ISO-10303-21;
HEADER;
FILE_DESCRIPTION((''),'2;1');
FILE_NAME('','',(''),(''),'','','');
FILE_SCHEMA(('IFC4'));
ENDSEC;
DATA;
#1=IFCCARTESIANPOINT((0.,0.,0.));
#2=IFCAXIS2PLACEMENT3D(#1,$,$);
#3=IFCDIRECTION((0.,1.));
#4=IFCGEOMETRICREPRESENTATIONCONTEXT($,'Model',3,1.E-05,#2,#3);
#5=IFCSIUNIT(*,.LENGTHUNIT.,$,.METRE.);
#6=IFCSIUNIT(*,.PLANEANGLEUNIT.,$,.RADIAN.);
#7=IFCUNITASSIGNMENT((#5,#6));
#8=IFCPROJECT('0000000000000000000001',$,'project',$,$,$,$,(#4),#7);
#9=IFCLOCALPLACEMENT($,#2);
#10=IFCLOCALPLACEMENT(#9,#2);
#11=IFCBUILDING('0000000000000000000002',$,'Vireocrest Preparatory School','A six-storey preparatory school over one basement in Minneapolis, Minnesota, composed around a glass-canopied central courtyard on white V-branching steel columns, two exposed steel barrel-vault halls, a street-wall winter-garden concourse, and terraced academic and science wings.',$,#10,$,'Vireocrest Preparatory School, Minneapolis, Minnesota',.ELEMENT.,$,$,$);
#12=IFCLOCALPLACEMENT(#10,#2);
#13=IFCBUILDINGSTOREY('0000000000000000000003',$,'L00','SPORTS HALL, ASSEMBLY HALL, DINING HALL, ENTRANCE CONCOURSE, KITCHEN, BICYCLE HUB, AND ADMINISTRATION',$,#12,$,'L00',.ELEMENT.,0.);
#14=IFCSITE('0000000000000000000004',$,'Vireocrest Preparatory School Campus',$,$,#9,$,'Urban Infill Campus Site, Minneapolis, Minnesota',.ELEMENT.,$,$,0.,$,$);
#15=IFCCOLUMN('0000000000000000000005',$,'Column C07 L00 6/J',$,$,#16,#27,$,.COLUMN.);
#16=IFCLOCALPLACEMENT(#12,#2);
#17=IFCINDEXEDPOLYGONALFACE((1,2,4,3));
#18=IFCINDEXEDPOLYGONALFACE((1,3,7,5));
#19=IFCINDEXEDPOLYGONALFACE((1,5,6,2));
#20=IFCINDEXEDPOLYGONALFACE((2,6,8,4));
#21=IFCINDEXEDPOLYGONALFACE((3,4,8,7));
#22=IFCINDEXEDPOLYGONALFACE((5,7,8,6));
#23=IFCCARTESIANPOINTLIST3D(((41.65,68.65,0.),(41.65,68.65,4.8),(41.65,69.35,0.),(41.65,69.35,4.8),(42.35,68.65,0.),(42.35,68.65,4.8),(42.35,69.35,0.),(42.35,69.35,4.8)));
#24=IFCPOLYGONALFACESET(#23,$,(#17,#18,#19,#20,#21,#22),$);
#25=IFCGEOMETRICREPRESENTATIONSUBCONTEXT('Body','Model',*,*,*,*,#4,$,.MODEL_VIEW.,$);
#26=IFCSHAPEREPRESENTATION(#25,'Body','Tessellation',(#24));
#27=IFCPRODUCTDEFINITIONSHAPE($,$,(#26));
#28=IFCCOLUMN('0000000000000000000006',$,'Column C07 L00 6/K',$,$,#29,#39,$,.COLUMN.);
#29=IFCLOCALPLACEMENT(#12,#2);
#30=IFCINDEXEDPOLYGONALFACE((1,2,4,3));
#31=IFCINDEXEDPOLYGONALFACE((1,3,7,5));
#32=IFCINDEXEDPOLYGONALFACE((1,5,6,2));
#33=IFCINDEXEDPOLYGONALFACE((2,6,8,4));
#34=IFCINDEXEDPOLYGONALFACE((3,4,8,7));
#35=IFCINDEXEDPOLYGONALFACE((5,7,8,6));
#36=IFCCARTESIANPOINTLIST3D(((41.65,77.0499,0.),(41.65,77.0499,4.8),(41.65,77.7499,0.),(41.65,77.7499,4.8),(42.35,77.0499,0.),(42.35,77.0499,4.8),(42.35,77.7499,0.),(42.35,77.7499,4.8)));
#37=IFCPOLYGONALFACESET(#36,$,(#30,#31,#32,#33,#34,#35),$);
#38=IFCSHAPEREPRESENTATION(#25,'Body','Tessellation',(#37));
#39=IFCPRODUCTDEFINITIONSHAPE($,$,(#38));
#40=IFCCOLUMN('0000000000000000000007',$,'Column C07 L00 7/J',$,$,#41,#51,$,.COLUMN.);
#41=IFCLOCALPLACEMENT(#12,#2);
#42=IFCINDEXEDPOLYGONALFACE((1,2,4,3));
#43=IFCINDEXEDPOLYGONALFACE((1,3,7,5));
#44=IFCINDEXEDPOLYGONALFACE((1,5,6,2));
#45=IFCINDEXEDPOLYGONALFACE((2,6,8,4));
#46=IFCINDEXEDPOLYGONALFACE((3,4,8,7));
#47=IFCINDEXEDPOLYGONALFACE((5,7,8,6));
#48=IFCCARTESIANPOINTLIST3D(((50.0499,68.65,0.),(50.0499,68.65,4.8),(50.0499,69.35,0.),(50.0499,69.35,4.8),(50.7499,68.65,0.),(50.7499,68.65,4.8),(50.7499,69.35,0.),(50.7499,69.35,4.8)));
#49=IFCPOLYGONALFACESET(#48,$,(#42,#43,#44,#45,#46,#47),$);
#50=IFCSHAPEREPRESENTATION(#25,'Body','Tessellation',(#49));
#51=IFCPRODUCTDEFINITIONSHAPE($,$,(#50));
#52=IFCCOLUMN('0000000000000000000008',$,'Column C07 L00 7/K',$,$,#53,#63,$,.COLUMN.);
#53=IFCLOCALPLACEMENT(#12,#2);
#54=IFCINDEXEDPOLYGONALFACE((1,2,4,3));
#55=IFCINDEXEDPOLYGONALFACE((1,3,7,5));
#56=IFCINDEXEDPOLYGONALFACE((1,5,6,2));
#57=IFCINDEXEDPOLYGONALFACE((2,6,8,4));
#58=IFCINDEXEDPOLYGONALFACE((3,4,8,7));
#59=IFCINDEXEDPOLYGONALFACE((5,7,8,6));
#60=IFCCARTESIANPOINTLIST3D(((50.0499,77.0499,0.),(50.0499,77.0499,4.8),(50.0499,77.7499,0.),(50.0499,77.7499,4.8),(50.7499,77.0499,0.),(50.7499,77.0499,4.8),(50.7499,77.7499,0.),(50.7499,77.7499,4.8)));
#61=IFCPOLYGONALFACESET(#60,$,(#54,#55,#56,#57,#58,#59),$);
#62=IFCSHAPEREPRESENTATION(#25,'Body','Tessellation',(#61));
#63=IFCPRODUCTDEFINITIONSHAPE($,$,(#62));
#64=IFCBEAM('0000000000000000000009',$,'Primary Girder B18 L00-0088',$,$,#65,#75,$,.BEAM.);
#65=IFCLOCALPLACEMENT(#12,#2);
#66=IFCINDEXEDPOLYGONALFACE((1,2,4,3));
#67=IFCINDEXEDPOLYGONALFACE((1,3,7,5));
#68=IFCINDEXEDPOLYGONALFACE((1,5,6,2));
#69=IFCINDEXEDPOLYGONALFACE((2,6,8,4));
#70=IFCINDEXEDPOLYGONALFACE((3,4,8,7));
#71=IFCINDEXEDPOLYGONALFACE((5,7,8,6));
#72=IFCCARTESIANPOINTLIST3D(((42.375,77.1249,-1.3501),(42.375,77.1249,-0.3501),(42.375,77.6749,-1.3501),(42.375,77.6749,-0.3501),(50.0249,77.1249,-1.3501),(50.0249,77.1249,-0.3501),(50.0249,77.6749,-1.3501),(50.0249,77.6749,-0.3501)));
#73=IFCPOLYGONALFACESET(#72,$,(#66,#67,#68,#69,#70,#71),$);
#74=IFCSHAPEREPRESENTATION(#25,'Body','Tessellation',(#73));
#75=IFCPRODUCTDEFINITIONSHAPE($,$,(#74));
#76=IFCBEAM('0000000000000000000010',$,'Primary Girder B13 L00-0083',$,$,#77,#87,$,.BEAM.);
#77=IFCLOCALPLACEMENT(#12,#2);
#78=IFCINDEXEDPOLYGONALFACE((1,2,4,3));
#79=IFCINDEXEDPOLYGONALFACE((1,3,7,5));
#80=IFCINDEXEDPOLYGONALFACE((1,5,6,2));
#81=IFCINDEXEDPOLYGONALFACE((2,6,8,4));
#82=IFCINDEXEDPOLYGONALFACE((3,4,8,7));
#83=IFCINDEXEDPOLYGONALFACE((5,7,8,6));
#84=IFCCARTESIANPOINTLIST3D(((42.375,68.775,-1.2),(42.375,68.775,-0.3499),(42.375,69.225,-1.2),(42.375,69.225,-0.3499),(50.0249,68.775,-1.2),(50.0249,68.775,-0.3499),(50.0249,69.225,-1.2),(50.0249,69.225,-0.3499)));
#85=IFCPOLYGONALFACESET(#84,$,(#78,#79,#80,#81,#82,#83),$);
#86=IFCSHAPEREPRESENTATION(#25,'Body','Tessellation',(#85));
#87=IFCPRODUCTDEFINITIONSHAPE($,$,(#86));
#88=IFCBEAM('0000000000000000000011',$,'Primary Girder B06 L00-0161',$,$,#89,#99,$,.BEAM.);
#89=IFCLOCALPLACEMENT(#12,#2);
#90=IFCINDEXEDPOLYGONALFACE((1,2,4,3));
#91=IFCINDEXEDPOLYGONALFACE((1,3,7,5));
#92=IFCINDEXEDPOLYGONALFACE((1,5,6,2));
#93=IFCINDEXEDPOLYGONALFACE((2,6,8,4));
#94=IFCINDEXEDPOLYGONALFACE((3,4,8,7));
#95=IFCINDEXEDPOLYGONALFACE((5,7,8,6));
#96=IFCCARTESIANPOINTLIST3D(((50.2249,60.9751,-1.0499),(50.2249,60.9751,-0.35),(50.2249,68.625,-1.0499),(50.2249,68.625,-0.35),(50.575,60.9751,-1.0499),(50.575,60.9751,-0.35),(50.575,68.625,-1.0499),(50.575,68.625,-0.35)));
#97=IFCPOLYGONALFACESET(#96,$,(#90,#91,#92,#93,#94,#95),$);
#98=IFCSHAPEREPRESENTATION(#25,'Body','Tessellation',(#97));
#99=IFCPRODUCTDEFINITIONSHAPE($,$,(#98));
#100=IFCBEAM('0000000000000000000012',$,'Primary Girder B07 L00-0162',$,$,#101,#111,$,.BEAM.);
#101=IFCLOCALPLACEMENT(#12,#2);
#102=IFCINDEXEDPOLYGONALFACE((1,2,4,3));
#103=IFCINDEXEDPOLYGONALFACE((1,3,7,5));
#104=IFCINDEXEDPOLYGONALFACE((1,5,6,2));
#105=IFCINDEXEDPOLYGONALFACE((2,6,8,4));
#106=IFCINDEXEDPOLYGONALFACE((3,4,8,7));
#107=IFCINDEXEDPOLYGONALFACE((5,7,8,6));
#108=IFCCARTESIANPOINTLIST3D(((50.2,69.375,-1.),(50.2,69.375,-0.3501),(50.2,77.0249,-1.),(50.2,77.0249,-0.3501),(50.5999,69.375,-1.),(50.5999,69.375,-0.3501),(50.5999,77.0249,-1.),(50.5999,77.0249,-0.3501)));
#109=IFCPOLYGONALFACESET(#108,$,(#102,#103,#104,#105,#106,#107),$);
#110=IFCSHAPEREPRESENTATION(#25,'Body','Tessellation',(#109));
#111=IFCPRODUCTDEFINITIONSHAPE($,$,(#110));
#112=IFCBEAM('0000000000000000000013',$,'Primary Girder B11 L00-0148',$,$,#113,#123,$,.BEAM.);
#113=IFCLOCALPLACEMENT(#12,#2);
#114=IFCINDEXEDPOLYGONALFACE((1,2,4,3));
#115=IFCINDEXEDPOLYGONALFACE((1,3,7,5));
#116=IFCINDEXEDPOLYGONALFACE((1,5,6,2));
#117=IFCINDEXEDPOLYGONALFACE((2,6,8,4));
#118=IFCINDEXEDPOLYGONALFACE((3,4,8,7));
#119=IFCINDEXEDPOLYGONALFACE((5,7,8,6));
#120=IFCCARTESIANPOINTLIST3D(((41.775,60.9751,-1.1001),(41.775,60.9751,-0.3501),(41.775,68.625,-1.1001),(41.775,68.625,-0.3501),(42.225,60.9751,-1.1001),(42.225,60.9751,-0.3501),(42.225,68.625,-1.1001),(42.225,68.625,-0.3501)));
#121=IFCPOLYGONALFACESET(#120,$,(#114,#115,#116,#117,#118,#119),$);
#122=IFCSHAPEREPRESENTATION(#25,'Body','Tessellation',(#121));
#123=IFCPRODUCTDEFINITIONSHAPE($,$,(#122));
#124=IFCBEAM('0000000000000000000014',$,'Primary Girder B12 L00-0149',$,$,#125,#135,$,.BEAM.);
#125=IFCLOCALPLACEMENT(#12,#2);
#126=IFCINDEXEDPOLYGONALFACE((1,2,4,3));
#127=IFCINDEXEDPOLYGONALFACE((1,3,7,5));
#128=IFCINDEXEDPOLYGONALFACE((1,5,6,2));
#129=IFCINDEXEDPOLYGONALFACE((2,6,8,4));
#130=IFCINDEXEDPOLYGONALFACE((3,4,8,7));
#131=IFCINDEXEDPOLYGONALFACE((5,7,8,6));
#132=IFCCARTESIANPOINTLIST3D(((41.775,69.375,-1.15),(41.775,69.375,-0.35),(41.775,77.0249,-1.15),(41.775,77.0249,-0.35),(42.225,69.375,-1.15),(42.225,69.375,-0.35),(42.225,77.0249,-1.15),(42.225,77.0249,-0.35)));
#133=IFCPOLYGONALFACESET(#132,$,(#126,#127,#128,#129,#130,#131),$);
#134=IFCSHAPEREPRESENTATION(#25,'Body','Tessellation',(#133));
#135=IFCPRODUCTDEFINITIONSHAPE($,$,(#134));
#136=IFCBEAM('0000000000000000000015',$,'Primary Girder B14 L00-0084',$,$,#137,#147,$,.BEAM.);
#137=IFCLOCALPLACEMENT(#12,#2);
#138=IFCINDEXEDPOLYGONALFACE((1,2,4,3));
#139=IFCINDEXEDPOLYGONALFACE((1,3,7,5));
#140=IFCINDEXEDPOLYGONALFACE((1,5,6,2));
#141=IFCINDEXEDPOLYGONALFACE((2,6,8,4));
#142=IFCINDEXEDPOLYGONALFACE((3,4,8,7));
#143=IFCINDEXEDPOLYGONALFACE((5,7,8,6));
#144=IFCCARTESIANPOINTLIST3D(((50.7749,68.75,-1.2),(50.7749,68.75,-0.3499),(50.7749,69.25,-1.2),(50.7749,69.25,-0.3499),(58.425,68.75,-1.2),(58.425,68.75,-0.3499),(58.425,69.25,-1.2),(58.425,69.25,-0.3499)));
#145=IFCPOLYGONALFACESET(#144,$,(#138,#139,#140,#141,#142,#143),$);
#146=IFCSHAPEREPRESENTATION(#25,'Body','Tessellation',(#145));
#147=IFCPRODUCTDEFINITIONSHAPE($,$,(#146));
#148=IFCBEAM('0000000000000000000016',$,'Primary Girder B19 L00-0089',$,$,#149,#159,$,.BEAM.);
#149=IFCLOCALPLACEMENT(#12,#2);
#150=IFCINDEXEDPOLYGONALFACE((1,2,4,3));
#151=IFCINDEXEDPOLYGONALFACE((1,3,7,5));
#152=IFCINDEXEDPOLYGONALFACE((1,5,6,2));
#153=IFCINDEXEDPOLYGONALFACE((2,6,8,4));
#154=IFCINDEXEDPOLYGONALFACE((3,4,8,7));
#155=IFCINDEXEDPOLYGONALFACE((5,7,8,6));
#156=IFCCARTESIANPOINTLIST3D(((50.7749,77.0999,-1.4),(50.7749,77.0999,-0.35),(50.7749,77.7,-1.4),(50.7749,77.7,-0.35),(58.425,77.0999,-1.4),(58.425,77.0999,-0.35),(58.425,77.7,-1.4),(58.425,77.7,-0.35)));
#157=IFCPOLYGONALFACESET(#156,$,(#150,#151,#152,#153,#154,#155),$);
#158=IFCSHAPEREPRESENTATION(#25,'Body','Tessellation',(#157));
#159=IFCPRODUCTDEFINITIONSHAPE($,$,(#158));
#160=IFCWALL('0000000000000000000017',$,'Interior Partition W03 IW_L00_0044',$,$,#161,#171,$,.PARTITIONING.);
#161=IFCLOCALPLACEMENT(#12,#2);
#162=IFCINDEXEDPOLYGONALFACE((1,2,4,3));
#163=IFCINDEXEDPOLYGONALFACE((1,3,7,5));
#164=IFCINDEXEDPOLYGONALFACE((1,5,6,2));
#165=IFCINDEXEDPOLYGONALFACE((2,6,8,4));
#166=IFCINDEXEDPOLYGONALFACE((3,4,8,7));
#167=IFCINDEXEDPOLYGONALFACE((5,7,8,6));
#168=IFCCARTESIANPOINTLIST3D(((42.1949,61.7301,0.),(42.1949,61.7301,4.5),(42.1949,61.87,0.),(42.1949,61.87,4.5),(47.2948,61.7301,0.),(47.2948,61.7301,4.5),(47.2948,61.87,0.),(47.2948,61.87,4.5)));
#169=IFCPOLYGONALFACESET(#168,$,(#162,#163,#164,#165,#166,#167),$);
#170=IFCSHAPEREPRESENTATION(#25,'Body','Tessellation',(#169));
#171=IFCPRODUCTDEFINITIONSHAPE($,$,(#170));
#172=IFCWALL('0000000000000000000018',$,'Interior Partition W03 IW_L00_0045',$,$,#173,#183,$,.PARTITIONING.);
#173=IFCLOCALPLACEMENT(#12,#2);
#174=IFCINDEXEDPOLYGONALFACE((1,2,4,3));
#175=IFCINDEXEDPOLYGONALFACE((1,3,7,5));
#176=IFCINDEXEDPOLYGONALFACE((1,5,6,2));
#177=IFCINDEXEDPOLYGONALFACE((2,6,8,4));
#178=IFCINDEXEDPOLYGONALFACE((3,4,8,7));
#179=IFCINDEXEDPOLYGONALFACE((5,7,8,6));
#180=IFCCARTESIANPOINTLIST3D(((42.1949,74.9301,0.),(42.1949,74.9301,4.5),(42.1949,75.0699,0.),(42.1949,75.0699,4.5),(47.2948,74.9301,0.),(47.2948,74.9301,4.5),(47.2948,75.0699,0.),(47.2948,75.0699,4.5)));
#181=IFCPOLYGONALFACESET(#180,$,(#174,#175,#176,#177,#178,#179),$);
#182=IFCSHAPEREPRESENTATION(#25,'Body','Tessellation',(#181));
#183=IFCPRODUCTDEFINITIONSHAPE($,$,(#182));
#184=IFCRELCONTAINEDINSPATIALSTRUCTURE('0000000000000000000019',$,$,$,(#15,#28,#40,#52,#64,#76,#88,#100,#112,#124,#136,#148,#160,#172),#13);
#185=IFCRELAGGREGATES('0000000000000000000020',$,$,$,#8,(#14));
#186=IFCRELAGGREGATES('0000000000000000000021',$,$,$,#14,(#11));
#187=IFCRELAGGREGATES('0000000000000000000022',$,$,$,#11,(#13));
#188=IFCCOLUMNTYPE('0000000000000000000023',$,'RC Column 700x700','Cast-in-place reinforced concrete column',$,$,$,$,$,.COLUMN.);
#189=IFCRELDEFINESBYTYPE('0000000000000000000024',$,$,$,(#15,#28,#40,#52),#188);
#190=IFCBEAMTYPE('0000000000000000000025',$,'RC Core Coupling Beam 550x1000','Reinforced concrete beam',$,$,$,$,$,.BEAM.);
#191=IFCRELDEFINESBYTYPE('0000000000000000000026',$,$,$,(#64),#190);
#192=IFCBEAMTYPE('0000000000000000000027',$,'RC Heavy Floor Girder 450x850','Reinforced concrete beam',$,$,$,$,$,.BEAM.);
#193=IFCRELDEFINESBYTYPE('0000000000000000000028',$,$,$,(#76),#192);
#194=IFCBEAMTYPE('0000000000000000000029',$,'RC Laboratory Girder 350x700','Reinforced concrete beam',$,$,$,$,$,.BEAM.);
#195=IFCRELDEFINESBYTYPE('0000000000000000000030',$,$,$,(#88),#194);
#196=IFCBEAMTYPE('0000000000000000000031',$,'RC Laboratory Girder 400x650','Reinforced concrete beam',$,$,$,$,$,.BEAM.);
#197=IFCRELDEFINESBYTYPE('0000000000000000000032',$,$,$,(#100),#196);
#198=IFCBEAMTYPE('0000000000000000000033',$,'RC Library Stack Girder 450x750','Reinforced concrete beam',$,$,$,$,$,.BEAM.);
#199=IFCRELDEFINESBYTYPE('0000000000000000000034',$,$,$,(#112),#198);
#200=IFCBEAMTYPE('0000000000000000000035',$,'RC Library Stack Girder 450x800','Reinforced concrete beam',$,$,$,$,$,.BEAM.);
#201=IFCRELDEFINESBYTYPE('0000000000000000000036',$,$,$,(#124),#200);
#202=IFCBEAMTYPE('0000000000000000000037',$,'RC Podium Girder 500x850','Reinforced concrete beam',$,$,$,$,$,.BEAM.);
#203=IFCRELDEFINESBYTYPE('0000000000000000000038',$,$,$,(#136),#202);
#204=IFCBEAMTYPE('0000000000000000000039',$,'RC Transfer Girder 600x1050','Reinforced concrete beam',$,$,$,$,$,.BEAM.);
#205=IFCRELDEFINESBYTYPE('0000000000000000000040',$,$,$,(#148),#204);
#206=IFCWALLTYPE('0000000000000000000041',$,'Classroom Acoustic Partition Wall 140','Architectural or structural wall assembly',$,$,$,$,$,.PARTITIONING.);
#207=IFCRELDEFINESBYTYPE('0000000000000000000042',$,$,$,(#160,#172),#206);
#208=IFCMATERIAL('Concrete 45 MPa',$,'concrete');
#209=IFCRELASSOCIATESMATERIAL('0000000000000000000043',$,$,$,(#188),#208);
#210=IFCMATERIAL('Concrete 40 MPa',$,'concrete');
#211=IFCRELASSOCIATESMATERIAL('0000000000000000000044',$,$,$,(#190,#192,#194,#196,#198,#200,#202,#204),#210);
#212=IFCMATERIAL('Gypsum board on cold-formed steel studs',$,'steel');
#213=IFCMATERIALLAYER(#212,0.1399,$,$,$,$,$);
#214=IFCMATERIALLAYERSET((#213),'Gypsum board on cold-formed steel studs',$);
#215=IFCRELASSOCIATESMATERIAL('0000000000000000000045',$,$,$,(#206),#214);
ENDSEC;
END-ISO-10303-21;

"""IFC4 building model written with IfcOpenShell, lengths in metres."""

from ifc_helpers import new_model, si_unit, direction, frame, frame_2d, origin, origin_2d, place, context, subcontext, project, spatial, rectangle, extrude, material, layer, layer_set, material_profile, profile_set, type_object, element, save


model = new_model("IFC4")

# Units and contexts
model_context = context("Model", 3, precision=1e-05, world=origin(), true_north=direction((0.0, 1.0)))
body_context = subcontext(model_context, "Body", "Model", "MODEL_VIEW")
ifc_project = project(units=[si_unit("LENGTHUNIT", "METRE"), si_unit("PLANEANGLEUNIT", "RADIAN")], contexts=[model_context])

# Site, building, storey
site_placement = place(None, origin())
site = spatial("IfcSite", under=ifc_project, at=site_placement, Name="Vireocrest Preparatory School Campus", LongName="Urban Infill Campus Site, Minneapolis, Minnesota", CompositionType="ELEMENT", RefElevation=0.0)
building_placement = place(site_placement, origin())
building = spatial("IfcBuilding", under=site, at=building_placement, Name="Vireocrest Preparatory School", Description="A six-storey preparatory school over one basement in Minneapolis, Minnesota, composed around a glass-canopied central courtyard on white V-branching steel columns, two exposed steel barrel-vault halls, a street-wall winter-garden concourse, and terraced academic and science wings.", LongName="Vireocrest Preparatory School, Minneapolis, Minnesota", CompositionType="ELEMENT")
storey_placement = place(building_placement, origin())
storey = spatial("IfcBuildingStorey", under=building, at=storey_placement, Name="L00", Description="SPORTS HALL, ASSEMBLY HALL, DINING HALL, ENTRANCE CONCOURSE, KITCHEN, BICYCLE HUB, AND ADMINISTRATION", LongName="L00", CompositionType="ELEMENT", Elevation=0.0)

# Columns
ifc_material_1 = material(Name="Concrete 45 MPa", Category="concrete")
ifc_material_profile_1 = material_profile(ifc_material_1, rectangle(XDim=0.7, YDim=0.7, at=origin_2d()), Name="RC 700x700")
ifc_profile_set_1 = profile_set([ifc_material_profile_1], Name="Concrete 45 MPa")
column_type = type_object("IfcColumnType", Name="RC Column 700x700", Description="Cast-in-place reinforced concrete column", PredefinedType="COLUMN", material=ifc_profile_set_1)
for number, where, z_axis, x_axis, name in (
    (1, (42.0, 69.0, 0.0), (0.0, 0.0, 1.0), (1.0, 0.0, 0.0), "Column C07 L00 6/J"),
    (2, (42.0, 77.3999, 0.0), (0.0, 0.0, 1.0), (1.0, 0.0, 0.0), "Column C07 L00 6/K"),
    (3, (50.3999, 69.0, 0.0), (0.0, 0.0, 1.0), (1.0, 0.0, 0.0), "Column C07 L00 7/J"),
    (4, (50.3999, 77.3999, 0.0), (0.0, 0.0, 1.0), (1.0, 0.0, 0.0), "Column C07 L00 7/K"),
):
    element("IfcColumn", number, at=place(storey_placement, frame(where, z_axis=z_axis, x_axis=x_axis)), inside=storey, type_object=column_type, Name=name, PredefinedType="COLUMN", context=body_context, shape_type="SweptSolid", body=[
        extrude(rectangle(XDim=0.7, YDim=0.7, at=origin_2d()), origin(), (0.0, 0.0, 1.0), 4.8),
    ])

# Beams
ifc_material_2 = material(Name="Concrete 40 MPa", Category="concrete")
ifc_material_profile_2 = material_profile(ifc_material_2, rectangle(XDim=0.55, YDim=1.0, at=origin_2d()), Name="RC 550x1000")
ifc_profile_set_2 = profile_set([ifc_material_profile_2], Name="Concrete 40 MPa")
beam_type_1 = type_object("IfcBeamType", Name="RC Core Coupling Beam 550x1000", Description="Reinforced concrete beam", PredefinedType="BEAM", material=ifc_profile_set_2)
beam_1_placement = place(storey_placement, frame((42.375, 77.3999, -0.8501), z_axis=(1.0, 0.0, 0.0), x_axis=(0.0, 1.0, 0.0)))
element("IfcBeam", 5, at=beam_1_placement, inside=storey, type_object=beam_type_1, Name="Primary Girder B18 L00-0088", PredefinedType="BEAM", context=body_context, shape_type="SweptSolid", body=[
    extrude(rectangle(XDim=0.55, YDim=1.0, at=origin_2d()), origin(), (0.0, 0.0, 1.0), 7.6499),
])
ifc_material_profile_3 = material_profile(ifc_material_2, rectangle(XDim=0.45, YDim=0.8501, at=origin_2d()), Name="RC 450x850")
ifc_profile_set_3 = profile_set([ifc_material_profile_3], Name="Concrete 40 MPa")
beam_type_2 = type_object("IfcBeamType", Name="RC Heavy Floor Girder 450x850", Description="Reinforced concrete beam", PredefinedType="BEAM", material=ifc_profile_set_3)
beam_2_placement = place(storey_placement, frame((42.375, 69.0, -0.7749), z_axis=(1.0, 0.0, 0.0), x_axis=(0.0, 1.0, 0.0)))
element("IfcBeam", 6, at=beam_2_placement, inside=storey, type_object=beam_type_2, Name="Primary Girder B13 L00-0083", PredefinedType="BEAM", context=body_context, shape_type="SweptSolid", body=[
    extrude(rectangle(XDim=0.45, YDim=0.8501, at=origin_2d()), origin(), (0.0, 0.0, 1.0), 7.6499),
])
ifc_material_profile_4 = material_profile(ifc_material_2, rectangle(XDim=0.3501, YDim=0.7, at=origin_2d()), Name="RC 350x700")
ifc_profile_set_4 = profile_set([ifc_material_profile_4], Name="Concrete 40 MPa")
beam_type_3 = type_object("IfcBeamType", Name="RC Laboratory Girder 350x700", Description="Reinforced concrete beam", PredefinedType="BEAM", material=ifc_profile_set_4)
beam_3_placement = place(storey_placement, frame((50.3999, 60.9751, -0.7), z_axis=(0.0, 1.0, 0.0), x_axis=(-1.0, 0.0, 0.0)))
element("IfcBeam", 7, at=beam_3_placement, inside=storey, type_object=beam_type_3, Name="Primary Girder B06 L00-0161", PredefinedType="BEAM", context=body_context, shape_type="SweptSolid", body=[
    extrude(rectangle(XDim=0.3501, YDim=0.7, at=origin_2d()), origin(), (0.0, 0.0, 1.0), 7.6499),
])
ifc_material_profile_5 = material_profile(ifc_material_2, rectangle(XDim=0.3999, YDim=0.6499, at=origin_2d()), Name="RC 400x650")
ifc_profile_set_5 = profile_set([ifc_material_profile_5], Name="Concrete 40 MPa")
beam_type_4 = type_object("IfcBeamType", Name="RC Laboratory Girder 400x650", Description="Reinforced concrete beam", PredefinedType="BEAM", material=ifc_profile_set_5)
beam_4_placement = place(storey_placement, frame((50.3999, 69.375, -0.675), z_axis=(0.0, 1.0, 0.0), x_axis=(-1.0, 0.0, 0.0)))
element("IfcBeam", 8, at=beam_4_placement, inside=storey, type_object=beam_type_4, Name="Primary Girder B07 L00-0162", PredefinedType="BEAM", context=body_context, shape_type="SweptSolid", body=[
    extrude(rectangle(XDim=0.3999, YDim=0.6499, at=origin_2d()), origin(), (0.0, 0.0, 1.0), 7.6499),
])
ifc_material_profile_6 = material_profile(ifc_material_2, rectangle(XDim=0.45, YDim=0.75, at=origin_2d()), Name="RC 450x750")
ifc_profile_set_6 = profile_set([ifc_material_profile_6], Name="Concrete 40 MPa")
beam_type_5 = type_object("IfcBeamType", Name="RC Library Stack Girder 450x750", Description="Reinforced concrete beam", PredefinedType="BEAM", material=ifc_profile_set_6)
beam_5_placement = place(storey_placement, frame((42.0, 60.9751, -0.7251), z_axis=(0.0, 1.0, 0.0), x_axis=(-1.0, 0.0, 0.0)))
element("IfcBeam", 9, at=beam_5_placement, inside=storey, type_object=beam_type_5, Name="Primary Girder B11 L00-0148", PredefinedType="BEAM", context=body_context, shape_type="SweptSolid", body=[
    extrude(rectangle(XDim=0.45, YDim=0.75, at=origin_2d()), origin(), (0.0, 0.0, 1.0), 7.6499),
])
ifc_material_profile_7 = material_profile(ifc_material_2, rectangle(XDim=0.45, YDim=0.8, at=origin_2d()), Name="RC 450x800")
ifc_profile_set_7 = profile_set([ifc_material_profile_7], Name="Concrete 40 MPa")
beam_type_6 = type_object("IfcBeamType", Name="RC Library Stack Girder 450x800", Description="Reinforced concrete beam", PredefinedType="BEAM", material=ifc_profile_set_7)
beam_6_placement = place(storey_placement, frame((42.0, 69.375, -0.75), z_axis=(0.0, 1.0, 0.0), x_axis=(-1.0, 0.0, 0.0)))
element("IfcBeam", 10, at=beam_6_placement, inside=storey, type_object=beam_type_6, Name="Primary Girder B12 L00-0149", PredefinedType="BEAM", context=body_context, shape_type="SweptSolid", body=[
    extrude(rectangle(XDim=0.45, YDim=0.8, at=origin_2d()), origin(), (0.0, 0.0, 1.0), 7.6499),
])
ifc_material_profile_8 = material_profile(ifc_material_2, rectangle(XDim=0.5, YDim=0.8501, at=origin_2d()), Name="RC 500x850")
ifc_profile_set_8 = profile_set([ifc_material_profile_8], Name="Concrete 40 MPa")
beam_type_7 = type_object("IfcBeamType", Name="RC Podium Girder 500x850", Description="Reinforced concrete beam", PredefinedType="BEAM", material=ifc_profile_set_8)
beam_7_placement = place(storey_placement, frame((50.7749, 69.0, -0.7749), z_axis=(1.0, 0.0, 0.0), x_axis=(0.0, 1.0, 0.0)))
element("IfcBeam", 11, at=beam_7_placement, inside=storey, type_object=beam_type_7, Name="Primary Girder B14 L00-0084", PredefinedType="BEAM", context=body_context, shape_type="SweptSolid", body=[
    extrude(rectangle(XDim=0.5, YDim=0.8501, at=origin_2d()), origin(), (0.0, 0.0, 1.0), 7.6501),
])
ifc_material_profile_9 = material_profile(ifc_material_2, rectangle(XDim=0.6001, YDim=1.05, at=origin_2d()), Name="RC 600x1050")
ifc_profile_set_9 = profile_set([ifc_material_profile_9], Name="Concrete 40 MPa")
beam_type_8 = type_object("IfcBeamType", Name="RC Transfer Girder 600x1050", Description="Reinforced concrete beam", PredefinedType="BEAM", material=ifc_profile_set_9)
beam_8_placement = place(storey_placement, frame((50.7749, 77.3999, -0.875), z_axis=(1.0, 0.0, 0.0), x_axis=(0.0, 1.0, 0.0)))
element("IfcBeam", 12, at=beam_8_placement, inside=storey, type_object=beam_type_8, Name="Primary Girder B19 L00-0089", PredefinedType="BEAM", context=body_context, shape_type="SweptSolid", body=[
    extrude(rectangle(XDim=0.6001, YDim=1.05, at=origin_2d()), origin(), (0.0, 0.0, 1.0), 7.6501),
])

# Walls
ifc_material_3 = material(Name="Gypsum board on cold-formed steel studs", Category="steel")
ifc_layer_1 = layer(ifc_material_3, 0.1399)
ifc_layer_set_1 = layer_set([ifc_layer_1], Name="Gypsum board on cold-formed steel studs")
wall_type_1 = type_object("IfcWallType", Name="Classroom Acoustic Partition Wall 140", Description="Architectural or structural wall assembly", PredefinedType="PARTITIONING", material=ifc_layer_set_1)
for number, where, z_axis, x_axis, name in (
    (13, (42.1951, 61.8, 0.0), (0.0, 0.0, 1.0), (1.0, 0.0, 0.0), "Interior Partition W03 IW_L00_0044"),
    (14, (42.1951, 75.0, 0.0), (0.0, 0.0, 1.0), (1.0, 0.0, 0.0), "Interior Partition W03 IW_L00_0045"),
):
    element("IfcWall", number, at=place(storey_placement, frame(where, z_axis=z_axis, x_axis=x_axis)), inside=storey, type_object=wall_type_1, Name=name, PredefinedType="PARTITIONING", context=body_context, shape_type="SweptSolid", body=[
        extrude(rectangle(XDim=5.0999, YDim=0.1399, at=frame_2d((2.5498, 0.0))), origin(), (0.0, 0.0, 1.0), 4.5),
    ])

save(model, "model.ifc")
